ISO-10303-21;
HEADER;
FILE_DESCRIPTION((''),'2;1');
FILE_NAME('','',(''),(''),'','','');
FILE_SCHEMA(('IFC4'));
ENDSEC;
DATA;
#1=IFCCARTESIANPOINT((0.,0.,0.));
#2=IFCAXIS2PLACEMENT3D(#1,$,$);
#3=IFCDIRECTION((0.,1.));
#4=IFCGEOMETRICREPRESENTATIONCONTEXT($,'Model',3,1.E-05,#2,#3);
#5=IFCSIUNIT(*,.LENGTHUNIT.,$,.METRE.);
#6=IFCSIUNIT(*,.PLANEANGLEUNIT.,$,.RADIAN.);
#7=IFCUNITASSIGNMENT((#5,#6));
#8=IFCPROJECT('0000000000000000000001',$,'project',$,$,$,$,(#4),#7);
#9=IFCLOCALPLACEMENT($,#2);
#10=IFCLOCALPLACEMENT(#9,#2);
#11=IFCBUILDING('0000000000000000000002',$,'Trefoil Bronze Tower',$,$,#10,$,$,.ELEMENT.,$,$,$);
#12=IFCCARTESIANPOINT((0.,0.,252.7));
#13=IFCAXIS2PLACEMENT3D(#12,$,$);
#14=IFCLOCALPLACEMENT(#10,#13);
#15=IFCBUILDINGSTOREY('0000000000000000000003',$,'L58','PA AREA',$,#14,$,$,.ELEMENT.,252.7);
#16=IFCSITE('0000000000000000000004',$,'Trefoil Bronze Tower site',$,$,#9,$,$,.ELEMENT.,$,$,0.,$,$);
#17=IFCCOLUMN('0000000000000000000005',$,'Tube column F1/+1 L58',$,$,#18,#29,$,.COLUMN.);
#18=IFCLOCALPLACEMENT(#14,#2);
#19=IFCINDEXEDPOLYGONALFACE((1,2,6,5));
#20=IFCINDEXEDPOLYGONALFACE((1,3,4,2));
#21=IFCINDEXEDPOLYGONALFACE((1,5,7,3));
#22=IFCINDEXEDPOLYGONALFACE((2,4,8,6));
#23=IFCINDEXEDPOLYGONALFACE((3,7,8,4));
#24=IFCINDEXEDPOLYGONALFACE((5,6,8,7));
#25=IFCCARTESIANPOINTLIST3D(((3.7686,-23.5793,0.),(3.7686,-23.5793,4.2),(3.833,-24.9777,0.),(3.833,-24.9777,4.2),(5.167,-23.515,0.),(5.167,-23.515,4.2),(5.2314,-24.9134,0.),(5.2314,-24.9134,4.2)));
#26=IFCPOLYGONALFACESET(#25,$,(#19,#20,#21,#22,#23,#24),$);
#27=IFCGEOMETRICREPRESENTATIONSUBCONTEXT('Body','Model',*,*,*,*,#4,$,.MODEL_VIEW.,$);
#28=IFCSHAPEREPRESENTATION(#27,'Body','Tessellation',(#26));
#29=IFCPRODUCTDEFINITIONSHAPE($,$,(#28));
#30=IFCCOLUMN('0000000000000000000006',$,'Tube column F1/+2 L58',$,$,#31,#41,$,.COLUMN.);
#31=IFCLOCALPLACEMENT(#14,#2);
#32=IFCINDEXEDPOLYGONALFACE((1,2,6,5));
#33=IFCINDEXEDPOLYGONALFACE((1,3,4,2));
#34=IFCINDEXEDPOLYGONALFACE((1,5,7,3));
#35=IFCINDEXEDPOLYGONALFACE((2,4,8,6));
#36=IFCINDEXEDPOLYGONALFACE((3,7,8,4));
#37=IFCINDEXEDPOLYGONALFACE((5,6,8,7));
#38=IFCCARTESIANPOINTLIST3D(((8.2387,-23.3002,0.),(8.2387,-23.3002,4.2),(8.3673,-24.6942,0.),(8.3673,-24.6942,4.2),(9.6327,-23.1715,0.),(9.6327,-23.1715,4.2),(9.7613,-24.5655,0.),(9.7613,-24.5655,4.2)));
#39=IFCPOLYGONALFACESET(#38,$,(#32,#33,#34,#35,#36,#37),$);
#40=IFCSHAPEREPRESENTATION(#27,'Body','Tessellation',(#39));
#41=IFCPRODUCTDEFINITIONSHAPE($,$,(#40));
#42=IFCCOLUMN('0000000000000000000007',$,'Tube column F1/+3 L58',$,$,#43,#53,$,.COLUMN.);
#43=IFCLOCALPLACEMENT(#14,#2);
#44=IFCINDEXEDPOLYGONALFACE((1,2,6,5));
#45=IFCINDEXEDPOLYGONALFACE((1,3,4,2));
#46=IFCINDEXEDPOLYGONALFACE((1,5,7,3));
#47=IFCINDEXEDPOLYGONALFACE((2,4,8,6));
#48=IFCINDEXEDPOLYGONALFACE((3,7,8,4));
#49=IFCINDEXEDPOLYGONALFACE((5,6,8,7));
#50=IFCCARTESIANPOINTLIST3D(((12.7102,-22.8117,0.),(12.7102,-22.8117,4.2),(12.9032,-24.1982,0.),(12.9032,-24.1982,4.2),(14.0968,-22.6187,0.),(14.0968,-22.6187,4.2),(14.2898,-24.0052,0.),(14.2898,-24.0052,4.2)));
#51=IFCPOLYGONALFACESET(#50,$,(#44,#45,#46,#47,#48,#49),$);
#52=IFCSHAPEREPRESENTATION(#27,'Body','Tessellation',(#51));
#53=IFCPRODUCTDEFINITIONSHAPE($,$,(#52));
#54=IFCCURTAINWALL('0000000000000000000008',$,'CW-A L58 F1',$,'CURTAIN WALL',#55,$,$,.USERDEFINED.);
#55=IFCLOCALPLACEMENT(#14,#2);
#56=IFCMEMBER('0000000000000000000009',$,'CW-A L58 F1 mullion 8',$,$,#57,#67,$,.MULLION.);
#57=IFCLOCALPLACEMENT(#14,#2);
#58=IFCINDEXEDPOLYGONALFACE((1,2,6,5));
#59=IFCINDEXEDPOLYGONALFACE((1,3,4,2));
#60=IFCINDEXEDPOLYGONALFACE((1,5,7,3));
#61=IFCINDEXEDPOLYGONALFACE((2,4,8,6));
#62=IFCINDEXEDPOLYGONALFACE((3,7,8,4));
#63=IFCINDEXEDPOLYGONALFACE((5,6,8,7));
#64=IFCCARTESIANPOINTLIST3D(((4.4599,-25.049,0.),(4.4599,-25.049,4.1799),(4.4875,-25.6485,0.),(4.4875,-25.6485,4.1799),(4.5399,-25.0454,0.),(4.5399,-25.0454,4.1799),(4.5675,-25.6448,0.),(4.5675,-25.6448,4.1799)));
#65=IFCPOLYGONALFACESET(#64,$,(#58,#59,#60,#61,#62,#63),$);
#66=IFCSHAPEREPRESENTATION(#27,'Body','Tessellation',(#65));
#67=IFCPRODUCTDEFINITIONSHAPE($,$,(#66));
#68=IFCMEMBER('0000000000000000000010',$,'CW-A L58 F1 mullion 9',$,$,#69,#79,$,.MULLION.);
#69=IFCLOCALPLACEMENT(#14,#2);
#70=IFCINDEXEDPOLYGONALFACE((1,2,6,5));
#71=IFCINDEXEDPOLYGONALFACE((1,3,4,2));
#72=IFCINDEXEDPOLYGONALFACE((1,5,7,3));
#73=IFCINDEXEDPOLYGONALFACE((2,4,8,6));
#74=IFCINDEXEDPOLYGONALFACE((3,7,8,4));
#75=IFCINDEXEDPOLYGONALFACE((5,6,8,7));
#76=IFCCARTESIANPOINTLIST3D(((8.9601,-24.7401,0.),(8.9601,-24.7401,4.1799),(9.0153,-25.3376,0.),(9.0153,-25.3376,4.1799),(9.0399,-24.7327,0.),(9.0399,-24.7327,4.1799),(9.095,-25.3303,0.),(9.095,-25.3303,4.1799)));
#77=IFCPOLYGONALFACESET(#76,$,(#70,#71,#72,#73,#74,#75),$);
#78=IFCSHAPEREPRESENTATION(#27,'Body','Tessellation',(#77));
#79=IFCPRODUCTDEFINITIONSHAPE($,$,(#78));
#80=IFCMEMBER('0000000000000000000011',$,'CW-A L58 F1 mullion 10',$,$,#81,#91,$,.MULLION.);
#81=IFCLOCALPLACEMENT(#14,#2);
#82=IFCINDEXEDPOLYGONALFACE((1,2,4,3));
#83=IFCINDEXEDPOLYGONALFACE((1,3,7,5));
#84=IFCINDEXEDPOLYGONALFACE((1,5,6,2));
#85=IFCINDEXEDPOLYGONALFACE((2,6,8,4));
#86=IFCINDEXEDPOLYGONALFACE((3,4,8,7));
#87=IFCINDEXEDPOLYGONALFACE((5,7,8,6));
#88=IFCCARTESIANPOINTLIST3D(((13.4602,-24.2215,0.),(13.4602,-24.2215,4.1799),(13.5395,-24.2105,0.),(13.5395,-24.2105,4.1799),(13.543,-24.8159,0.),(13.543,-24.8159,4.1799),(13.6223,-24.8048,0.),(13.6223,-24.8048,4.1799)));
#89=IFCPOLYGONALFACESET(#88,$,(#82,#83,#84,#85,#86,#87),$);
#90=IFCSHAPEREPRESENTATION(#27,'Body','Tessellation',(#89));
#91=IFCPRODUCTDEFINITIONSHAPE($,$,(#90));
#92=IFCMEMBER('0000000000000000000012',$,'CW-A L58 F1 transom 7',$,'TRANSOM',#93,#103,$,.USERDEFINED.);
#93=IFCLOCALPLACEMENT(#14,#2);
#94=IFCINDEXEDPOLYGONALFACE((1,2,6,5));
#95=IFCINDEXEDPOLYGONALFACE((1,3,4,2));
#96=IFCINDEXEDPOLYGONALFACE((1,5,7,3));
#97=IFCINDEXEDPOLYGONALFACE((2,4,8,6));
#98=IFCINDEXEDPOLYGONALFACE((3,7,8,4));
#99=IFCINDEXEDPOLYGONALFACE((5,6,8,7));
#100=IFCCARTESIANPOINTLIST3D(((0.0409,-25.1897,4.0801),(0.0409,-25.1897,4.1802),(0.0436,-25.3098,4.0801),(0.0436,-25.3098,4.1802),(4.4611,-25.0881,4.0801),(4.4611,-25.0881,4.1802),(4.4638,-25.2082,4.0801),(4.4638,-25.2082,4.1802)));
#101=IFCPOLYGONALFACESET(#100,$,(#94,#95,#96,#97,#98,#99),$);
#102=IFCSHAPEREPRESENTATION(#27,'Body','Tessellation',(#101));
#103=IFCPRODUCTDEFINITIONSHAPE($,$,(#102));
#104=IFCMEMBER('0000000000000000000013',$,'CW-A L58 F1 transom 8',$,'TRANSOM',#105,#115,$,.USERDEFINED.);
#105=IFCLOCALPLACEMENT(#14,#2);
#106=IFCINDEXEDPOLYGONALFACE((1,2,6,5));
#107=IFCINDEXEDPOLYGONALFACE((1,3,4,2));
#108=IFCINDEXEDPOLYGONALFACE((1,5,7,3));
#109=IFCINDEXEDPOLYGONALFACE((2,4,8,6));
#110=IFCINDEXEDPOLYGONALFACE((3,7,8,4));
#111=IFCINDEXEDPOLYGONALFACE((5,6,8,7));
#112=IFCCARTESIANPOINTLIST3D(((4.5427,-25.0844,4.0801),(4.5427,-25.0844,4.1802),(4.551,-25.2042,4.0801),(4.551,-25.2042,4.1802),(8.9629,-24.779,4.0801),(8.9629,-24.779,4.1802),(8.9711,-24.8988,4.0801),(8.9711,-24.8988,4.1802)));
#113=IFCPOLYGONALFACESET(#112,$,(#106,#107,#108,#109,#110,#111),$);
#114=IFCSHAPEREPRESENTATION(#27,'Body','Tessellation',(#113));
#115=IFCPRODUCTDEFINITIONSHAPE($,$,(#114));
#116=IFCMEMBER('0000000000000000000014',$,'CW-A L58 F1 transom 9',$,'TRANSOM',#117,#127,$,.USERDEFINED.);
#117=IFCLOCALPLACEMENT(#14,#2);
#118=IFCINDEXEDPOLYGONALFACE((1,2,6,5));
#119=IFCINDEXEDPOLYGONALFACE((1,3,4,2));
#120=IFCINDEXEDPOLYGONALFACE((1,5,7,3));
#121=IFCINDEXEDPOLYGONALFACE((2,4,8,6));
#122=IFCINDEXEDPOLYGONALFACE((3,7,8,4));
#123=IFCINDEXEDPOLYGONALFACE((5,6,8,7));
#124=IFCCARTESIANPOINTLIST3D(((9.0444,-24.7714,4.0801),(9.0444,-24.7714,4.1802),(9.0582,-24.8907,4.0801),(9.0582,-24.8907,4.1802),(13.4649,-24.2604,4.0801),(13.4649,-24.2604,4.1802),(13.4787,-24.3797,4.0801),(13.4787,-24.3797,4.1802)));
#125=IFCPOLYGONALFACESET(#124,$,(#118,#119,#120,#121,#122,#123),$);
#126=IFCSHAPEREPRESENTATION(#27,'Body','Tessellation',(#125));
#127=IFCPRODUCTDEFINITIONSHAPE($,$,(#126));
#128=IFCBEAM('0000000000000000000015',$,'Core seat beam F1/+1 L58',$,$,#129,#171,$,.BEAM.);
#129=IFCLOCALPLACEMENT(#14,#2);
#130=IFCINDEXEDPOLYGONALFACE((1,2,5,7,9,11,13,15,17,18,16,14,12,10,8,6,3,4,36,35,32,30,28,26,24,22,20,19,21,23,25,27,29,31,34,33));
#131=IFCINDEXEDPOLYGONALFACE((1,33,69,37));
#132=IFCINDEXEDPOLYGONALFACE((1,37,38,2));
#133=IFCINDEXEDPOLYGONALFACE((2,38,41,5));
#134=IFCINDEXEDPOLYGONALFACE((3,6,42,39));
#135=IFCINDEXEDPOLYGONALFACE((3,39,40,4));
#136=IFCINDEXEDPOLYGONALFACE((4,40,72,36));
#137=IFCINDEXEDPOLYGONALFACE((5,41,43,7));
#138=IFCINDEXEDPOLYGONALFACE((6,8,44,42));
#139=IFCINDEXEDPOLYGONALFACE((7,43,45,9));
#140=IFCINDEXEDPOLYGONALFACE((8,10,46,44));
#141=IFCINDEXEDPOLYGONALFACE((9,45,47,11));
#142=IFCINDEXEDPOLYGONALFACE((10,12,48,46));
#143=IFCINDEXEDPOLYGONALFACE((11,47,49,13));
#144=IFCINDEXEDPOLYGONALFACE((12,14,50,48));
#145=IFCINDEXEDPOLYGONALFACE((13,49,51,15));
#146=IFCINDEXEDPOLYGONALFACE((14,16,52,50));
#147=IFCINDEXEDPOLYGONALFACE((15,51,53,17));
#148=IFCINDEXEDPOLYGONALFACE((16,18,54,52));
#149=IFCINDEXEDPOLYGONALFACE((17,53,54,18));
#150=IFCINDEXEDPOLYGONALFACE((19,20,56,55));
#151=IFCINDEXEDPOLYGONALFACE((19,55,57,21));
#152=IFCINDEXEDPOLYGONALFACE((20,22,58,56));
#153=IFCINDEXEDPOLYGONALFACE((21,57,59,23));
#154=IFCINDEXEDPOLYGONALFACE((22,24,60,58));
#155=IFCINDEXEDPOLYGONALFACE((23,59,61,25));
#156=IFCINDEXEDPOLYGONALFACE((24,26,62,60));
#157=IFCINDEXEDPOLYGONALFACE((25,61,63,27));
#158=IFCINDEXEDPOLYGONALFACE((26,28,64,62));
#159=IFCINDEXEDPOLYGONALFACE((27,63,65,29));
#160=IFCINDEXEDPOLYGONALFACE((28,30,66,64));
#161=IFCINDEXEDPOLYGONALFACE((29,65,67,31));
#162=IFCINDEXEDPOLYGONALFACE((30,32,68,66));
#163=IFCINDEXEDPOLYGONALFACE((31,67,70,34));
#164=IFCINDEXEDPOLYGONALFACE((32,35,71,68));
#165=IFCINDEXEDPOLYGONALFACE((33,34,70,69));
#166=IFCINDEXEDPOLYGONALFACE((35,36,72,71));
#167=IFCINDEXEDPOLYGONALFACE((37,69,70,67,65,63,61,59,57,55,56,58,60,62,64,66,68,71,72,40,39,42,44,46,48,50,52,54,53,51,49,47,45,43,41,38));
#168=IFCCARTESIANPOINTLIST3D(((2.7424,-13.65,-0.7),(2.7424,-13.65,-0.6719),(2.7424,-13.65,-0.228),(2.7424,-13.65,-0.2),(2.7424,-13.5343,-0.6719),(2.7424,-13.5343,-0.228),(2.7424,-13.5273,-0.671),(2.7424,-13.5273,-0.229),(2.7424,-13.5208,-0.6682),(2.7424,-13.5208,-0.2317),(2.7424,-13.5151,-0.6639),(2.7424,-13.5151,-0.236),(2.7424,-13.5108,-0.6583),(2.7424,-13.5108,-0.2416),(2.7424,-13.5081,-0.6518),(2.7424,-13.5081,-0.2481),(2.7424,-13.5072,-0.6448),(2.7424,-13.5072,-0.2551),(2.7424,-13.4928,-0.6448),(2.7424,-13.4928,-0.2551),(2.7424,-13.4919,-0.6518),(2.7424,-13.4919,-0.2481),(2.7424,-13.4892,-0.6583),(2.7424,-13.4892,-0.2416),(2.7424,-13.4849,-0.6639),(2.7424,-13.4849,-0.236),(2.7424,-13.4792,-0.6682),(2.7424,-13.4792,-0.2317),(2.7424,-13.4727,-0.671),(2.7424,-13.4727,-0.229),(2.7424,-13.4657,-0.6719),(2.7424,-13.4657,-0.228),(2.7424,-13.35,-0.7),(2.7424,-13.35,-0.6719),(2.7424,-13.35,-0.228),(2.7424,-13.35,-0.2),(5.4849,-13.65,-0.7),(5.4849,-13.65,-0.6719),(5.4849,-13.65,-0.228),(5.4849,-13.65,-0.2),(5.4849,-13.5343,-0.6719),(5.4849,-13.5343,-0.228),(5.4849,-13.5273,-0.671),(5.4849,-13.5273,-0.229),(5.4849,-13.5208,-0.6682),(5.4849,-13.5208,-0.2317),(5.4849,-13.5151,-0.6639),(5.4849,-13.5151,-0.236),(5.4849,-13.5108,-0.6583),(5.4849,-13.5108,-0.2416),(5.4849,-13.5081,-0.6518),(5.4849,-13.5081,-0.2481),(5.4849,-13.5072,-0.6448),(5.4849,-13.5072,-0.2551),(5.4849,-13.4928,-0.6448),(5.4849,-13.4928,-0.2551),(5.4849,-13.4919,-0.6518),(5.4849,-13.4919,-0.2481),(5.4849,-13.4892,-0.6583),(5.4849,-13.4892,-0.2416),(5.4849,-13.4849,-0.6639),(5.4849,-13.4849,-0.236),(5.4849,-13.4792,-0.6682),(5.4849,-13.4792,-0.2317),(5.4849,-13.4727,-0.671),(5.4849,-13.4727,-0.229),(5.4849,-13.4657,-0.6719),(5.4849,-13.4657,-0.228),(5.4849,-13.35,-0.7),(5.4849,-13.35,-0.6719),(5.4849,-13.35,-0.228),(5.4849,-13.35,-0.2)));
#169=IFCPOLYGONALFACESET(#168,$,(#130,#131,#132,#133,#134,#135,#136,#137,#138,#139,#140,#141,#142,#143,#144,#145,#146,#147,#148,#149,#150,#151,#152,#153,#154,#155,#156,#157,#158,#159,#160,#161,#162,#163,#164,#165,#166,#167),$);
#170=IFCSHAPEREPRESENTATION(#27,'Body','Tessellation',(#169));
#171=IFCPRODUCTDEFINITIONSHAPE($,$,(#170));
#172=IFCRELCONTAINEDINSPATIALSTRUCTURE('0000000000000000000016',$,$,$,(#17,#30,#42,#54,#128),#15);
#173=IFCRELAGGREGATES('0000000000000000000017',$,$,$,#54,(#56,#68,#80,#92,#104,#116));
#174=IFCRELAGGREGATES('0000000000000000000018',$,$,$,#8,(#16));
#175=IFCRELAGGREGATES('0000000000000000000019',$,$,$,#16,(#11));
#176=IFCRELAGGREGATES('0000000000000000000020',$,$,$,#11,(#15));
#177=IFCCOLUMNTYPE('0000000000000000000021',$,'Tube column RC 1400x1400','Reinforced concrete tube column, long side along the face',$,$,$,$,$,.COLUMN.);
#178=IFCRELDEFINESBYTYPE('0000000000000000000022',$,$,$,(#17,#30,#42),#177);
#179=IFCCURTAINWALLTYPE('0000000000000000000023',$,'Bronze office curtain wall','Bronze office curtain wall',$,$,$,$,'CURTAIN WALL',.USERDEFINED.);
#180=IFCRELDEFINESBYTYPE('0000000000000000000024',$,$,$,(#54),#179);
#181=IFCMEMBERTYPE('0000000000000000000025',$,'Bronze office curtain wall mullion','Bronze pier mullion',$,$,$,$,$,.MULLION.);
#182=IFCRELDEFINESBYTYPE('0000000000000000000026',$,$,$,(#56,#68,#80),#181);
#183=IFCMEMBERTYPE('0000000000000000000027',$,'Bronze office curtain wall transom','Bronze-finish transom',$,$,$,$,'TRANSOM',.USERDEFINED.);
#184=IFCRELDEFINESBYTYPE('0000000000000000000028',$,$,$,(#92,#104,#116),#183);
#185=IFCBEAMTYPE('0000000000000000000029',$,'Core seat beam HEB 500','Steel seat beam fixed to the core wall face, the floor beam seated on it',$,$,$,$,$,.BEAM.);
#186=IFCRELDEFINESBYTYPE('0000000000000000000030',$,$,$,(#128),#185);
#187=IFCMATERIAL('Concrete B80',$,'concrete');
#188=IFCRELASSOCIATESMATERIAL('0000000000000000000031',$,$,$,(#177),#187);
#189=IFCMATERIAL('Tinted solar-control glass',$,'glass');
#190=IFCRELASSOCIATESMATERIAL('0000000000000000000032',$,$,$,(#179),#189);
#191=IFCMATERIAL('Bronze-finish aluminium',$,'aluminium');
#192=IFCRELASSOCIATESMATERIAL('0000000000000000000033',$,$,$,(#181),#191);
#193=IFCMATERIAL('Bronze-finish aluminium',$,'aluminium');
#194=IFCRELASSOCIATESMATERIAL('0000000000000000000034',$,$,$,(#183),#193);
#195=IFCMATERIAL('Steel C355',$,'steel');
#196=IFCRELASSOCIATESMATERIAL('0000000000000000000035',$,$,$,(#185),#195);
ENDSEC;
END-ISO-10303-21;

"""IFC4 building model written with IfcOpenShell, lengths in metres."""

from ifc_helpers import new_model, si_unit, direction, frame, origin, origin_2d, place, context, subcontext, project, spatial, rectangle, i_section, extrude, material, material_profile, profile_set, type_object, element, aggregate, save


model = new_model("IFC4")

# Units and contexts
model_context = context("Model", 3, precision=1e-05, world=origin(), true_north=direction((0.0, 1.0)))
body_context = subcontext(model_context, "Body", "Model", "MODEL_VIEW")
ifc_project = project(units=[si_unit("LENGTHUNIT", "METRE"), si_unit("PLANEANGLEUNIT", "RADIAN")], contexts=[model_context])

# Site, building, storey
site_placement = place(None, origin())
site = spatial("IfcSite", under=ifc_project, at=site_placement, Name="Trefoil Bronze Tower site", CompositionType="ELEMENT", RefElevation=0.0)
building_placement = place(site_placement, origin())
building = spatial("IfcBuilding", under=site, at=building_placement, Name="Trefoil Bronze Tower", CompositionType="ELEMENT")
storey_placement = place(building_placement, frame((0.0, 0.0, 252.7)))
storey = spatial("IfcBuildingStorey", under=building, at=storey_placement, Name="L58", Description="PA AREA", CompositionType="ELEMENT", Elevation=252.7)

# Columns
ifc_material_1 = material(Name="Concrete B80", Category="concrete")
ifc_material_profile_1 = material_profile(ifc_material_1, rectangle(XDim=1.3999, YDim=1.3999, at=origin_2d()), Name="RC 1400x1400")
ifc_profile_set_1 = profile_set([ifc_material_profile_1], Name="Concrete B80")
column_type = type_object("IfcColumnType", Name="Tube column RC 1400x1400", Description="Reinforced concrete tube column, long side along the face", PredefinedType="COLUMN", material=ifc_profile_set_1)
for number, where, z_axis, x_axis, name in (
    (1, (4.5, -24.2463, 0.0), (0.0, 0.0, 1.0), (0.998943, 0.045956, 0.0), "Tube column F1/+1 L58"),
    (2, (9.0, -23.9329, 0.0), (0.0, 0.0, 1.0), (0.995767, 0.091911, 0.0), "Tube column F1/+2 L58"),
    (3, (13.5, -23.4084, 0.0), (0.0, 0.0, 1.0), (0.990451, 0.137868, 0.0), "Tube column F1/+3 L58"),
):
    element("IfcColumn", number, at=place(storey_placement, frame(where, z_axis=z_axis, x_axis=x_axis)), inside=storey, type_object=column_type, Name=name, PredefinedType="COLUMN", context=body_context, shape_type="SweptSolid", body=[
        extrude(rectangle(XDim=1.3999, YDim=1.3999, at=origin_2d()), origin(), (0.0, 0.0, 1.0), 4.2),
    ])

# Curtain wall, members
ifc_material_2 = material(Name="Tinted solar-control glass", Category="glass")
curtain_wall_type = type_object("IfcCurtainWallType", Name="Bronze office curtain wall", Description="Bronze office curtain wall", ElementType="CURTAIN WALL", PredefinedType="USERDEFINED", material=ifc_material_2)
curtain_wall_placement = place(storey_placement, origin())
curtain_wall = element("IfcCurtainWall", 4, at=curtain_wall_placement, inside=storey, type_object=curtain_wall_type, Name="CW-A L58 F1", ObjectType="CURTAIN WALL", PredefinedType="USERDEFINED")
ifc_material_3 = material(Name="Bronze-finish aluminium", Category="aluminium")
ifc_material_profile_2 = material_profile(ifc_material_3, rectangle(XDim=0.6001, YDim=0.0801, at=origin_2d()), Name="CW-A mullion")
ifc_profile_set_2 = profile_set([ifc_material_profile_2], Name="Bronze-finish aluminium")
member_type_1 = type_object("IfcMemberType", Name="Bronze office curtain wall mullion", Description="Bronze pier mullion", PredefinedType="MULLION", material=ifc_profile_set_2)
member_1_placement = place(storey_placement, frame((4.5137, -25.3469, 0.0), z_axis=(0.0, 0.0, 1.0), x_axis=(-0.045956, 0.998943, 0.0)))
member_1 = element("IfcMember", 5, at=member_1_placement, type_object=member_type_1, Name="CW-A L58 F1 mullion 8", PredefinedType="MULLION", context=body_context, shape_type="SweptSolid", body=[
    extrude(rectangle(XDim=0.6001, YDim=0.0801, at=origin_2d()), origin(), (0.0, 0.0, 1.0), 4.1799),
])
member_2_placement = place(storey_placement, frame((9.0276, -25.0352, 0.0), z_axis=(0.0, 0.0, 1.0), x_axis=(-0.091911, 0.995767, 0.0)))
member_2 = element("IfcMember", 6, at=member_2_placement, type_object=member_type_1, Name="CW-A L58 F1 mullion 9", PredefinedType="MULLION", context=body_context, shape_type="SweptSolid", body=[
    extrude(rectangle(XDim=0.6001, YDim=0.0801, at=origin_2d()), origin(), (0.0, 0.0, 1.0), 4.1799),
])
member_3_placement = place(storey_placement, frame((13.5413, -24.5132, 0.0), z_axis=(0.0, 0.0, 1.0), x_axis=(-0.137868, 0.990451, 0.0)))
member_3 = element("IfcMember", 7, at=member_3_placement, type_object=member_type_1, Name="CW-A L58 F1 mullion 10", PredefinedType="MULLION", context=body_context, shape_type="SweptSolid", body=[
    extrude(rectangle(XDim=0.6001, YDim=0.0801, at=origin_2d()), origin(), (0.0, 0.0, 1.0), 4.1799),
])
ifc_material_4 = material(Name="Bronze-finish aluminium", Category="aluminium")
ifc_material_profile_3 = material_profile(ifc_material_4, rectangle(XDim=0.1201, YDim=0.1001, at=origin_2d()), Name="CW-A transom")
ifc_profile_set_3 = profile_set([ifc_material_profile_3], Name="Bronze-finish aluminium")
member_type_2 = type_object("IfcMemberType", Name="Bronze office curtain wall transom", Description="Bronze-finish transom", ElementType="TRANSOM", PredefinedType="USERDEFINED", material=ifc_profile_set_3)
member_4_placement = place(storey_placement, frame((0.0422, -25.2498, 4.1301), z_axis=(0.999736, 0.022971, 0.0), x_axis=(-0.022971, 0.999736, 0.0)))
member_4 = element("IfcMember", 8, at=member_4_placement, type_object=member_type_2, Name="CW-A L58 F1 transom 7", ObjectType="TRANSOM", PredefinedType="USERDEFINED", context=body_context, shape_type="SweptSolid", body=[
    extrude(rectangle(XDim=0.1201, YDim=0.1001, at=origin_2d()), origin(), (0.0, 0.0, 1.0), 4.4214),
])
member_5_placement = place(storey_placement, frame((4.5469, -25.1443, 4.1301), z_axis=(0.997621, 0.068933, 0.0), x_axis=(-0.068933, 0.997621, 0.0)))
member_5 = element("IfcMember", 9, at=member_5_placement, type_object=member_type_2, Name="CW-A L58 F1 transom 8", ObjectType="TRANSOM", PredefinedType="USERDEFINED", context=body_context, shape_type="SweptSolid", body=[
    extrude(rectangle(XDim=0.1201, YDim=0.1001, at=origin_2d()), origin(), (0.0, 0.0, 1.0), 4.4307),
])
member_6_placement = place(storey_placement, frame((9.0513, -24.8311, 4.1301), z_axis=(0.993385, 0.114832, 0.0), x_axis=(-0.114832, 0.993385, 0.0)))
member_6 = element("IfcMember", 10, at=member_6_placement, type_object=member_type_2, Name="CW-A L58 F1 transom 9", ObjectType="TRANSOM", PredefinedType="USERDEFINED", context=body_context, shape_type="SweptSolid", body=[
    extrude(rectangle(XDim=0.1201, YDim=0.1001, at=origin_2d()), origin(), (0.0, 0.0, 1.0), 4.45),
])

# Beam
ifc_material_5 = material(Name="Steel C355", Category="steel")
ifc_material_profile_4 = material_profile(ifc_material_5, i_section(OverallWidth=0.3, OverallDepth=0.5, WebThickness=0.0144, FlangeThickness=0.0281, FilletRadius=0.0271, at=origin_2d()), Name="HEB 500")
ifc_profile_set_4 = profile_set([ifc_material_profile_4], Name="Steel C355")
beam_type_1 = type_object("IfcBeamType", Name="Core seat beam HEB 500", Description="Steel seat beam fixed to the core wall face, the floor beam seated on it", PredefinedType="BEAM", material=ifc_profile_set_4)
for number, where, z_axis, x_axis, name in (
    (11, (2.7424, -13.5, -0.45), (1.0, 0.0, 0.0), (0.0, 1.0, 0.0), "Core seat beam F1/+1 L58"),
):
    element("IfcBeam", number, at=place(storey_placement, frame(where, z_axis=z_axis, x_axis=x_axis)), inside=storey, type_object=beam_type_1, Name=name, PredefinedType="BEAM", context=body_context, shape_type="SweptSolid", body=[
        extrude(i_section(OverallWidth=0.3, OverallDepth=0.5, WebThickness=0.0144, FlangeThickness=0.0281, FilletRadius=0.0271, at=origin_2d()), origin(), (0.0, 0.0, 1.0), 2.7424),
    ])

aggregate(curtain_wall, [member_1, member_2, member_3, member_4, member_5, member_6])

save(model, "model.ifc")
